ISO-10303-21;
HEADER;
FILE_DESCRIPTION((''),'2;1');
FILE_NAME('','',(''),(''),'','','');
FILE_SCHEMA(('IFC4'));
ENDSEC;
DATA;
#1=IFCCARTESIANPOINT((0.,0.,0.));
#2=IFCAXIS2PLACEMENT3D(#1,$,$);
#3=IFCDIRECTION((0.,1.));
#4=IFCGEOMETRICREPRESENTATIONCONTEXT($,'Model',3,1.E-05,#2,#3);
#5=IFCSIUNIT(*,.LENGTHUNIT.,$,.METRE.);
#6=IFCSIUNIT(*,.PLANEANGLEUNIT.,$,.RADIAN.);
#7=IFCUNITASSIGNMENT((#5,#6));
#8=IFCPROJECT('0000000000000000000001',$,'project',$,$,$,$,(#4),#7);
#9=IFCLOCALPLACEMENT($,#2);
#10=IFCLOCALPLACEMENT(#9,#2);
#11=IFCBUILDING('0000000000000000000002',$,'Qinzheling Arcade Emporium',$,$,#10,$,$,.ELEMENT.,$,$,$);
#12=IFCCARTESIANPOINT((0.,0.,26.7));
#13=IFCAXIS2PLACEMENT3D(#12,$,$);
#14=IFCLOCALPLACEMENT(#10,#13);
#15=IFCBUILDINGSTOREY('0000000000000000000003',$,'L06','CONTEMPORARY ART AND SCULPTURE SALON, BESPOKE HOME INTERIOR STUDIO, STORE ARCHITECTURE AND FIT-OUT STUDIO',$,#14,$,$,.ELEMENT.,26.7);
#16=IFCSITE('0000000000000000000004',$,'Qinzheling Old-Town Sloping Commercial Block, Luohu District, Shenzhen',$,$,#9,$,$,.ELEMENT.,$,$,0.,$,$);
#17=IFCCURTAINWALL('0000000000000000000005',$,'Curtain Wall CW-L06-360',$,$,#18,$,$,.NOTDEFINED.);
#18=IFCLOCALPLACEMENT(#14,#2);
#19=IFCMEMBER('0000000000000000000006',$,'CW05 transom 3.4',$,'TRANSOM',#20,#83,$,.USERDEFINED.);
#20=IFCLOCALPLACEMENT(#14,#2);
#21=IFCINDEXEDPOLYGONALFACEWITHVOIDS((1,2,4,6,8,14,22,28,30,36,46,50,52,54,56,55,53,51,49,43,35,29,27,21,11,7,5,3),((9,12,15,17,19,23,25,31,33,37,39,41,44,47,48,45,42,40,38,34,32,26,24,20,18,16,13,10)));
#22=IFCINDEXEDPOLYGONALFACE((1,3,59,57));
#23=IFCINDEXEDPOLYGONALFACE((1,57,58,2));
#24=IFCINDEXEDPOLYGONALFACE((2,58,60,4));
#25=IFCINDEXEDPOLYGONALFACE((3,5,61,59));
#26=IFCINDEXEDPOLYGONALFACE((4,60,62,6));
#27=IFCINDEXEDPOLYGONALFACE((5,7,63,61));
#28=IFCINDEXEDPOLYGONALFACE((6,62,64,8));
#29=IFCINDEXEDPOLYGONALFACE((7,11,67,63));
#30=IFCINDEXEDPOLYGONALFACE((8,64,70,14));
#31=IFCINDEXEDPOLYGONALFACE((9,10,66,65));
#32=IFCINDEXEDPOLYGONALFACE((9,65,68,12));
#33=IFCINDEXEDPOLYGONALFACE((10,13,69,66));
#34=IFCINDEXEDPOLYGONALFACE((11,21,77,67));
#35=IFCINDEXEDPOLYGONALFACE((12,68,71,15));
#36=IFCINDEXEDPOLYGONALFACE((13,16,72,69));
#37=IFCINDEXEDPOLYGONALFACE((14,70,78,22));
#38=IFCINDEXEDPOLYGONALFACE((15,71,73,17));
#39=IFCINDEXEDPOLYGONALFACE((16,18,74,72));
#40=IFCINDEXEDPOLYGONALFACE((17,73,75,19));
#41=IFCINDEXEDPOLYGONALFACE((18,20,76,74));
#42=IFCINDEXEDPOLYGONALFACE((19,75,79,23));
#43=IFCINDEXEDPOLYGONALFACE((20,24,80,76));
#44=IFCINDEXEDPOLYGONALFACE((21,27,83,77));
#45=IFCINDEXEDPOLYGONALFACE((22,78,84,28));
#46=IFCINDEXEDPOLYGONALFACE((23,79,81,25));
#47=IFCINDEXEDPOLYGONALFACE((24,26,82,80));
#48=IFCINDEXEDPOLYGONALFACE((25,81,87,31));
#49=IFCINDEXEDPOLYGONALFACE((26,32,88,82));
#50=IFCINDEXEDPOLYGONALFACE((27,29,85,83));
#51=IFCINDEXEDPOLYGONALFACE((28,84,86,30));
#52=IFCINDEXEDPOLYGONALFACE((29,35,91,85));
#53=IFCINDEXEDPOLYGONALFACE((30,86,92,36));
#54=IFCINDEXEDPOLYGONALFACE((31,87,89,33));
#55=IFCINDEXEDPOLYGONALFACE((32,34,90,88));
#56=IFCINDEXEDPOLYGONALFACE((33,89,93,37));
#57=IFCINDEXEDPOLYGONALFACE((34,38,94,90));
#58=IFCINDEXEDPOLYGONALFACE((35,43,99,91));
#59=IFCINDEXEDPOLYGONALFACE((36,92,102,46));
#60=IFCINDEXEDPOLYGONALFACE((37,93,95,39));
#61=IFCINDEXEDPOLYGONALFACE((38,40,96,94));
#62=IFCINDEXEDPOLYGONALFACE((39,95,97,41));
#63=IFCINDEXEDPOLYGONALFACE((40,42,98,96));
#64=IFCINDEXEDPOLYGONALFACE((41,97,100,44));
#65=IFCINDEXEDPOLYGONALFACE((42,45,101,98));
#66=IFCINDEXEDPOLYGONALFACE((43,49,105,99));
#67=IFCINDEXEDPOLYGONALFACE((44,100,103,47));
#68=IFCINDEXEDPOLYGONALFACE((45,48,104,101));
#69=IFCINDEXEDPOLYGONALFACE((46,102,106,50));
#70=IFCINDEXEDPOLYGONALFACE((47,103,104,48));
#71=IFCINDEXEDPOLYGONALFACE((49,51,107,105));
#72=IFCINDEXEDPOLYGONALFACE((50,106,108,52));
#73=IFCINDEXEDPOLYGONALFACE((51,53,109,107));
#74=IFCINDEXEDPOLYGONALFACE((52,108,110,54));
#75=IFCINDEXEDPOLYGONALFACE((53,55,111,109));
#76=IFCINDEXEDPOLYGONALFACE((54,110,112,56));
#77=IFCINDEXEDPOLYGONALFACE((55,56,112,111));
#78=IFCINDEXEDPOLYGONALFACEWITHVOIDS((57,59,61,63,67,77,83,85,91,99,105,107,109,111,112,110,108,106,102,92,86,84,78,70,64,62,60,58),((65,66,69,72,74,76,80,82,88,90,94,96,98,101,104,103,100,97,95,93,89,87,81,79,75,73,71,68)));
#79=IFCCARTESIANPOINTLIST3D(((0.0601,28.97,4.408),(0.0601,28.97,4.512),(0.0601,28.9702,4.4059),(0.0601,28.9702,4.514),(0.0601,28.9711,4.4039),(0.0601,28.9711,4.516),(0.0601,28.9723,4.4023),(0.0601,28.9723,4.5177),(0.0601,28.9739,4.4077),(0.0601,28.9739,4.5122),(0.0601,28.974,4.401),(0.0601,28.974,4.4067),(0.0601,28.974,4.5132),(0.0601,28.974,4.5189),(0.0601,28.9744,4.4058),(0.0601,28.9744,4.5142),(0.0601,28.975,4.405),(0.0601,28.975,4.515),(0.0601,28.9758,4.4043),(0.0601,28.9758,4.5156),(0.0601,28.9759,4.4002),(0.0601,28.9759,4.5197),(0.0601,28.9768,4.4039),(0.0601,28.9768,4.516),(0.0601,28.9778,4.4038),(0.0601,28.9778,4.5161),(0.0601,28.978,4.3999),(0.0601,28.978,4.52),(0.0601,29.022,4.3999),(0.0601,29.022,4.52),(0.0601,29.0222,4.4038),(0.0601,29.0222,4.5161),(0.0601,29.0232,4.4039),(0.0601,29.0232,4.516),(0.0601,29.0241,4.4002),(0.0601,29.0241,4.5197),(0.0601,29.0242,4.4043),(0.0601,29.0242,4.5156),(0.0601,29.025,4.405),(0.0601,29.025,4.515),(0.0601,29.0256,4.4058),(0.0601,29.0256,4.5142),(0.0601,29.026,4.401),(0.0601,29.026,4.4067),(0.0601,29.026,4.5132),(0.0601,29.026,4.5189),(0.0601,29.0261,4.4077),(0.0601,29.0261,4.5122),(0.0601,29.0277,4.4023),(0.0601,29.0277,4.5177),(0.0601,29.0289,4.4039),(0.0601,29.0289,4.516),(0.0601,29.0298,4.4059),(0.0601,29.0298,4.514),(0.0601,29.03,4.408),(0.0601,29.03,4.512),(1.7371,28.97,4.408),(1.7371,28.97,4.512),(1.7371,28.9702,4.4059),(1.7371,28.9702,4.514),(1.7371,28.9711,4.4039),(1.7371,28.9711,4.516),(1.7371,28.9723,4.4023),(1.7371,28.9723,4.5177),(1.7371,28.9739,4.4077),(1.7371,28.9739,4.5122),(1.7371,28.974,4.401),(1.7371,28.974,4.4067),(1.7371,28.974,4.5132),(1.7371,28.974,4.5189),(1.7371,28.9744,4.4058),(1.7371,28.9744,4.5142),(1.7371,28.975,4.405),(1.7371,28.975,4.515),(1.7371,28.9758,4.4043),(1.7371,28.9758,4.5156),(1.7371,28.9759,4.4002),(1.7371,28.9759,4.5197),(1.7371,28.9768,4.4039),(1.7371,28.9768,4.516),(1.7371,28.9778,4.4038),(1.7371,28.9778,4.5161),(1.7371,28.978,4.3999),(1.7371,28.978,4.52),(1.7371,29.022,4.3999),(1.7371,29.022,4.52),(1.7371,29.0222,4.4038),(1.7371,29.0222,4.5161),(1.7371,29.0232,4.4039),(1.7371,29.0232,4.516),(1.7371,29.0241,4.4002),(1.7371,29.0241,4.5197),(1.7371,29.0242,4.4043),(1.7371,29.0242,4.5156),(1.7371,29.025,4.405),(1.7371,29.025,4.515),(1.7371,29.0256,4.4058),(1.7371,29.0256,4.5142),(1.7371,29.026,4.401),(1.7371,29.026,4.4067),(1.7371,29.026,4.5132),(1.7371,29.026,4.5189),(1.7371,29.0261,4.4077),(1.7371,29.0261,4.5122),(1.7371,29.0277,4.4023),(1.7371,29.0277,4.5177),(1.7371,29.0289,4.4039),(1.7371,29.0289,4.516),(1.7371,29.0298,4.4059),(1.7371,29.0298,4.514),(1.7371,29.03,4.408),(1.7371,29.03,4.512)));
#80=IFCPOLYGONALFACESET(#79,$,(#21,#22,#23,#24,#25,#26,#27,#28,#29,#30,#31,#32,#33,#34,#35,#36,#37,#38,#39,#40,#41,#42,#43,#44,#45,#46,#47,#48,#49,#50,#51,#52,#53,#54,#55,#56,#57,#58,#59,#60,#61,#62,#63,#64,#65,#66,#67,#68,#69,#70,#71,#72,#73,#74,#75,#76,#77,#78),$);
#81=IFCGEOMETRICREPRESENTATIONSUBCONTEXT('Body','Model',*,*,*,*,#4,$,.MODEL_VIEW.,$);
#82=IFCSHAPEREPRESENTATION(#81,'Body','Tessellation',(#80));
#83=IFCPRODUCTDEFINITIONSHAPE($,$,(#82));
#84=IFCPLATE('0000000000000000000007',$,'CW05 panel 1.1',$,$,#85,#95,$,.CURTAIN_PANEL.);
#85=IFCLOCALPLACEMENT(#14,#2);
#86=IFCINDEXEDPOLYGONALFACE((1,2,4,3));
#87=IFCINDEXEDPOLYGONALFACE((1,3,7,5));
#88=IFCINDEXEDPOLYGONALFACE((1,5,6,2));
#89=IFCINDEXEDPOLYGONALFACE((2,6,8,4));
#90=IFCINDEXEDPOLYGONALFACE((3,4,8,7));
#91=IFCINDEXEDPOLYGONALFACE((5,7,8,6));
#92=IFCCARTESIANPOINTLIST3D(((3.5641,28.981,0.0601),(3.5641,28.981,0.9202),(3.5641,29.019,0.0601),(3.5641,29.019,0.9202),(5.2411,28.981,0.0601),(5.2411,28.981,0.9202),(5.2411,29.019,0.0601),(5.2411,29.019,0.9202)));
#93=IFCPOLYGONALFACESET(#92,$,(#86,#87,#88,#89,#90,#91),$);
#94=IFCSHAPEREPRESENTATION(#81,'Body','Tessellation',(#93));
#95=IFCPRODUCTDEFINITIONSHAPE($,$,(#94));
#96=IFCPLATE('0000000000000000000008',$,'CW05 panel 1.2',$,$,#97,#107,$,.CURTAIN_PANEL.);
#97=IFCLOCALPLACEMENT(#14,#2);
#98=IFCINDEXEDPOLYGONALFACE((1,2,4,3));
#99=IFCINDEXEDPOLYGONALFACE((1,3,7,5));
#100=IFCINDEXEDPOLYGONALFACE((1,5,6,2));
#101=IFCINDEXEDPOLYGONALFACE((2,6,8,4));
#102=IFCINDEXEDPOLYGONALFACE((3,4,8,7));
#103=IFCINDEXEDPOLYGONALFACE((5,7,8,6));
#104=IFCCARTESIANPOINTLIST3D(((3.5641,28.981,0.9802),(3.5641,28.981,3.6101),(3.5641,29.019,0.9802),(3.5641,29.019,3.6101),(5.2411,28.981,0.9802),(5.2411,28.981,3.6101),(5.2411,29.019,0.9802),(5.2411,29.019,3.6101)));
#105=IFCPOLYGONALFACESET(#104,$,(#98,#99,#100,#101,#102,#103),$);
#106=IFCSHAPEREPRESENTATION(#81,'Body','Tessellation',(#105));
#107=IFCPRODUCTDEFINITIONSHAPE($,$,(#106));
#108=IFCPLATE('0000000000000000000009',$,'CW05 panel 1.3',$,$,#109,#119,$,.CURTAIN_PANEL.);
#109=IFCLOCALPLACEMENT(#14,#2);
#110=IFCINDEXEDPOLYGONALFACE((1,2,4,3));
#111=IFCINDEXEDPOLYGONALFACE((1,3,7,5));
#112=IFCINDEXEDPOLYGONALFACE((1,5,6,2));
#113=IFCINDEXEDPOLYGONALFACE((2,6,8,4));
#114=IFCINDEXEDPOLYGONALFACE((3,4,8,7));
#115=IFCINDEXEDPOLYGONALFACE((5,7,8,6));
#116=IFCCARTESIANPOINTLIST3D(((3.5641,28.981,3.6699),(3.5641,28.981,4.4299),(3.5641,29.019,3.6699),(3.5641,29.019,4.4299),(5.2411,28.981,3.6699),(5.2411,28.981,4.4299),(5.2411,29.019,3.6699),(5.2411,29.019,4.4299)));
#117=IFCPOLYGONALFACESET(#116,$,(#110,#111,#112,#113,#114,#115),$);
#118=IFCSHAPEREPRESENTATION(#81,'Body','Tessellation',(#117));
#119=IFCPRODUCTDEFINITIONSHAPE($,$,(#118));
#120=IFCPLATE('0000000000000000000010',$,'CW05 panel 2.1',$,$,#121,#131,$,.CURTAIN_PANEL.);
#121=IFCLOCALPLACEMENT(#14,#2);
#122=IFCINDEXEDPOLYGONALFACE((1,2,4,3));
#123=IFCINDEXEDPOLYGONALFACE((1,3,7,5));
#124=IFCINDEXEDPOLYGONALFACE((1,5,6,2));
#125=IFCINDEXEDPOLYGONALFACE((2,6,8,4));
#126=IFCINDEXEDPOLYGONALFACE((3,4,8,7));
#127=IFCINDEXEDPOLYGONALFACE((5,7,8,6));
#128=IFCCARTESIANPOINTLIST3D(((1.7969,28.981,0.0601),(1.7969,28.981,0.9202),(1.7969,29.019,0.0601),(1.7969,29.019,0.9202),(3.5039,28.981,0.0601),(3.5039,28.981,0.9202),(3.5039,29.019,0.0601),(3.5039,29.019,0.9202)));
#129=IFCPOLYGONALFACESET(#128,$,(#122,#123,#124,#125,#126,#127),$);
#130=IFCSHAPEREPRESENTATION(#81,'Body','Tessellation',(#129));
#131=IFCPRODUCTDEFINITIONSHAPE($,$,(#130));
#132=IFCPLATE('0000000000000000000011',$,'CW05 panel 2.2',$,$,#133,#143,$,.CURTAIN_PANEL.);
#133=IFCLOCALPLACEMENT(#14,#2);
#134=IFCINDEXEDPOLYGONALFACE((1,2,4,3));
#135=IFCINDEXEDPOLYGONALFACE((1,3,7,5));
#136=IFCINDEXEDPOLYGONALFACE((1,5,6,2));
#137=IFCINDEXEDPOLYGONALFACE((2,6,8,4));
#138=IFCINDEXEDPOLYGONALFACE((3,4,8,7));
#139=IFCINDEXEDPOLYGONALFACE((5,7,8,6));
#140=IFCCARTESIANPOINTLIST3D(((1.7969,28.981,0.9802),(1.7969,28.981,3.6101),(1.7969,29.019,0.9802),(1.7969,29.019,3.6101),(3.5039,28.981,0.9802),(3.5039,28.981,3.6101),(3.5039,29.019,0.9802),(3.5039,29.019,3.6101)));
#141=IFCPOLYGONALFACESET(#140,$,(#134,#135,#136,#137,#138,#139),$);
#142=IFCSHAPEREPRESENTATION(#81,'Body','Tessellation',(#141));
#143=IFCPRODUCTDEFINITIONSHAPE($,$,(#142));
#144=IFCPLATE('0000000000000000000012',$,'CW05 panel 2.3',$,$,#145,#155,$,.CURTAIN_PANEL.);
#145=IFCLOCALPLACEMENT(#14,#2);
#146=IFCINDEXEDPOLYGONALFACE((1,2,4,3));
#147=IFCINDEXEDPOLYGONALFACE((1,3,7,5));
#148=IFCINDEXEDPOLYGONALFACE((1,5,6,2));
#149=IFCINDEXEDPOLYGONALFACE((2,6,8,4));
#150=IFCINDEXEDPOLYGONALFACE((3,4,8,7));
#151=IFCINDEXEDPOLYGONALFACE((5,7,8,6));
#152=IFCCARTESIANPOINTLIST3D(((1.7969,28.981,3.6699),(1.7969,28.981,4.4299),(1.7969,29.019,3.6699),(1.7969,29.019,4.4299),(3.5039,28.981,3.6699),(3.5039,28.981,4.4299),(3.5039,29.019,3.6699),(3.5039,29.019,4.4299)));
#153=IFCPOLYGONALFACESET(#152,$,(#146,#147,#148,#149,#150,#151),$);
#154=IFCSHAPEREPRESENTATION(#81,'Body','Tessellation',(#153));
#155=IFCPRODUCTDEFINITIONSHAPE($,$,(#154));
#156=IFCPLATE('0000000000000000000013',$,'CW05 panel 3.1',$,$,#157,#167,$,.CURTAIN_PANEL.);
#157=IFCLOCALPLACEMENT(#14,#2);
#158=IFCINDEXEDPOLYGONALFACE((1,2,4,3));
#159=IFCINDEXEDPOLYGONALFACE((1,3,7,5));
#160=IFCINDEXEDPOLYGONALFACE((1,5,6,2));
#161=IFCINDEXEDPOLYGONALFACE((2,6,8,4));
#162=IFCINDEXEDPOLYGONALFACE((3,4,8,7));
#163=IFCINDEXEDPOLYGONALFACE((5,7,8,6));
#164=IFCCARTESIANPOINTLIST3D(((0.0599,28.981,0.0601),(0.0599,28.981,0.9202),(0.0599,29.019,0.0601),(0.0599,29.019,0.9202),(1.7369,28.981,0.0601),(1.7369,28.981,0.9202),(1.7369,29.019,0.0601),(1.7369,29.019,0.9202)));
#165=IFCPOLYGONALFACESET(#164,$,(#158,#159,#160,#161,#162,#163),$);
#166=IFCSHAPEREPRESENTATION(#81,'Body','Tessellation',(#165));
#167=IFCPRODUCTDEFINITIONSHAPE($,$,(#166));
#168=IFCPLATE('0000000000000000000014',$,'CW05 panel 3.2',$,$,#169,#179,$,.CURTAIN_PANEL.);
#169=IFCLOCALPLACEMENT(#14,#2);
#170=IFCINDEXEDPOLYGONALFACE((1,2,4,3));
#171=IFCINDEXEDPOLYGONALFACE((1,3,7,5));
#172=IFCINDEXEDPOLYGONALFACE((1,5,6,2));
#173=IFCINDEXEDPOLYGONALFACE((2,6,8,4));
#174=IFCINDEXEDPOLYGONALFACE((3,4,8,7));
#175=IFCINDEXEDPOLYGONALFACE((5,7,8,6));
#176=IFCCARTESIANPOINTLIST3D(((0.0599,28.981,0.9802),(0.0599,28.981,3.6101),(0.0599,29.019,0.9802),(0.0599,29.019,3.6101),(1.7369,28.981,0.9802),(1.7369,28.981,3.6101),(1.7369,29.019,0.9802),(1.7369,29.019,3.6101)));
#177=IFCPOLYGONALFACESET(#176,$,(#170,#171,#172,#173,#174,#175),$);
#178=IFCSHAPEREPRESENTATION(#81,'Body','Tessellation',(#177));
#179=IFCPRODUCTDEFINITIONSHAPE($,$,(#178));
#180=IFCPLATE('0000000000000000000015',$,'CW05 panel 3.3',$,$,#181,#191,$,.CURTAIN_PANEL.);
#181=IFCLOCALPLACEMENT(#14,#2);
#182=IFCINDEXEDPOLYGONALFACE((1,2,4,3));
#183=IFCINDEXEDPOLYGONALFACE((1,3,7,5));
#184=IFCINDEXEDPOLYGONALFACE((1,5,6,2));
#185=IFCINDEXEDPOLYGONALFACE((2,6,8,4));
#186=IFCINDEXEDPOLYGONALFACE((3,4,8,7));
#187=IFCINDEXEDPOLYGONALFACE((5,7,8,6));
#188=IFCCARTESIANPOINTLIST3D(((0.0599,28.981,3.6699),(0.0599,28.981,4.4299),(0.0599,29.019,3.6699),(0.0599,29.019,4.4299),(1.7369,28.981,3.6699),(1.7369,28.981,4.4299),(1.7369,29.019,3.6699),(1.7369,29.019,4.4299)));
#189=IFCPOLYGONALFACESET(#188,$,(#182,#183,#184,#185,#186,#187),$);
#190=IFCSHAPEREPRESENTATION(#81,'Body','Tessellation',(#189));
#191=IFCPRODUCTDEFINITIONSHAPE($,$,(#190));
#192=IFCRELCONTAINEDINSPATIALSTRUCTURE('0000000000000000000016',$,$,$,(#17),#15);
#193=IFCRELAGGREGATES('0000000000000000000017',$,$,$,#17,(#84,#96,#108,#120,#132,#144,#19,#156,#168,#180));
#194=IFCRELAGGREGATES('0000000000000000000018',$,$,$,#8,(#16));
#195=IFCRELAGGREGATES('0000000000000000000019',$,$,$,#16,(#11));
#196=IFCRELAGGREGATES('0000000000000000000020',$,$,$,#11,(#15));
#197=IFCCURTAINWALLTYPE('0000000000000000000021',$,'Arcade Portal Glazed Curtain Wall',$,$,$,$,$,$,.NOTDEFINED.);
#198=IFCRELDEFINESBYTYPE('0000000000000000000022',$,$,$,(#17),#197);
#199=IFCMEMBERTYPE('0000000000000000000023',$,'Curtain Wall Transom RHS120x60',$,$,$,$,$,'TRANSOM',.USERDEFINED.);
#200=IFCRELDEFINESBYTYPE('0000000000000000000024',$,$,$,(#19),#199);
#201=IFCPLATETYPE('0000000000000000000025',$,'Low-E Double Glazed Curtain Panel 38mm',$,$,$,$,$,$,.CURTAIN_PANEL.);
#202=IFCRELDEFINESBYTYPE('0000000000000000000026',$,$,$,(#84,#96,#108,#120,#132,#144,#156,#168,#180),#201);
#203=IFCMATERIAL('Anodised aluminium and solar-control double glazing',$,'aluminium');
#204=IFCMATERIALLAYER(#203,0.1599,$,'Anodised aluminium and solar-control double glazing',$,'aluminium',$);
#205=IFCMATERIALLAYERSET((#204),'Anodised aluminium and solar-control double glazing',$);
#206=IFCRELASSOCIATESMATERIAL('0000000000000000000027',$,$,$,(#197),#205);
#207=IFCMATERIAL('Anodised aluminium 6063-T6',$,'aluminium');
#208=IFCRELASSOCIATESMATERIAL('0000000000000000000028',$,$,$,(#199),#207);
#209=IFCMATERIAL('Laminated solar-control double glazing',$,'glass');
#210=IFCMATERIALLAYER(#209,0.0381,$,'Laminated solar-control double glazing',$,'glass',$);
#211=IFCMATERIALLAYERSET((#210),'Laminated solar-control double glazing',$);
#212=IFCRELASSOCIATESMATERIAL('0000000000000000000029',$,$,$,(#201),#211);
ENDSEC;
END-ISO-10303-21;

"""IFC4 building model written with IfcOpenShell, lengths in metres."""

from ifc_helpers import new_model, si_unit, direction, frame, origin, origin_2d, place, context, subcontext, project, spatial, rectangle, hollow_rectangle, extrude, material, layer, layer_set, material_profile, profile_set, type_object, element, aggregate, save


model = new_model("IFC4")

# Units and contexts
model_context = context("Model", 3, precision=1e-05, world=origin(), true_north=direction((0.0, 1.0)))
body_context = subcontext(model_context, "Body", "Model", "MODEL_VIEW")
ifc_project = project(units=[si_unit("LENGTHUNIT", "METRE"), si_unit("PLANEANGLEUNIT", "RADIAN")], contexts=[model_context])

# Site, building, storey
site_placement = place(None, origin())
site = spatial("IfcSite", under=ifc_project, at=site_placement, Name="Qinzheling Old-Town Sloping Commercial Block, Luohu District, Shenzhen", CompositionType="ELEMENT", RefElevation=0.0)
building_placement = place(site_placement, origin())
building = spatial("IfcBuilding", under=site, at=building_placement, Name="Qinzheling Arcade Emporium", CompositionType="ELEMENT")
storey_placement = place(building_placement, frame((0.0, 0.0, 26.7)))
storey = spatial("IfcBuildingStorey", under=building, at=storey_placement, Name="L06", Description="CONTEMPORARY ART AND SCULPTURE SALON, BESPOKE HOME INTERIOR STUDIO, STORE ARCHITECTURE AND FIT-OUT STUDIO", CompositionType="ELEMENT", Elevation=26.7)

# Curtain wall, member, plates
ifc_material_1 = material(Name="Anodised aluminium and solar-control double glazing", Category="aluminium")
ifc_layer_1 = layer(ifc_material_1, 0.1599, Name="Anodised aluminium and solar-control double glazing", Category="aluminium")
ifc_layer_set_1 = layer_set([ifc_layer_1], Name="Anodised aluminium and solar-control double glazing")
curtain_wall_type = type_object("IfcCurtainWallType", Name="Arcade Portal Glazed Curtain Wall", PredefinedType="NOTDEFINED", material=ifc_layer_set_1)
curtain_wall_placement = place(storey_placement, origin())
curtain_wall = element("IfcCurtainWall", 1, at=curtain_wall_placement, inside=storey, type_object=curtain_wall_type, Name="Curtain Wall CW-L06-360", PredefinedType="NOTDEFINED")
ifc_material_2 = material(Name="Anodised aluminium 6063-T6", Category="aluminium")
ifc_material_profile_1 = material_profile(ifc_material_2, hollow_rectangle(XDim=0.0601, YDim=0.1201, WallThickness=0.0039, InnerFilletRadius=0.0039, OuterFilletRadius=0.0081, at=origin_2d()), Name="RHS 120x60x4", Category="aluminium")
ifc_profile_set_1 = profile_set([ifc_material_profile_1], Name="Anodised aluminium 6063-T6")
member_type_1 = type_object("IfcMemberType", Name="Curtain Wall Transom RHS120x60", ElementType="TRANSOM", PredefinedType="USERDEFINED", material=ifc_profile_set_1)
member_1_placement = place(storey_placement, frame((1.7371, 29.0, 4.46), z_axis=(-1.0, 0.0, 0.0), x_axis=(0.0, -1.0, 0.0)))
member_1 = element("IfcMember", 2, at=member_1_placement, type_object=member_type_1, Name="CW05 transom 3.4", ObjectType="TRANSOM", PredefinedType="USERDEFINED", context=body_context, shape_type="SweptSolid", body=[
    extrude(hollow_rectangle(XDim=0.0601, YDim=0.1201, WallThickness=0.0039, InnerFilletRadius=0.0039, OuterFilletRadius=0.0081, at=origin_2d()), origin(), (0.0, 0.0, 1.0), 1.677),
])
ifc_material_3 = material(Name="Laminated solar-control double glazing", Category="glass")
ifc_layer_2 = layer(ifc_material_3, 0.0381, Name="Laminated solar-control double glazing", Category="glass")
ifc_layer_set_2 = layer_set([ifc_layer_2], Name="Laminated solar-control double glazing")
plate_type = type_object("IfcPlateType", Name="Low-E Double Glazed Curtain Panel 38mm", PredefinedType="CURTAIN_PANEL", material=ifc_layer_set_2)
plate_1_placement = place(storey_placement, frame((4.4026, 29.0, 0.0601), z_axis=(0.0, 0.0, 1.0), x_axis=(-1.0, 0.0, 0.0)))
plate_1 = element("IfcPlate", 3, at=plate_1_placement, type_object=plate_type, Name="CW05 panel 1.1", PredefinedType="CURTAIN_PANEL", context=body_context, shape_type="SweptSolid", body=[
    extrude(rectangle(XDim=1.677, YDim=0.0381, at=origin_2d()), origin(), (0.0, 0.0, 1.0), 0.8601),
])
plate_2_placement = place(storey_placement, frame((4.4026, 29.0, 0.9802), z_axis=(0.0, 0.0, 1.0), x_axis=(-1.0, 0.0, 0.0)))
plate_2 = element("IfcPlate", 4, at=plate_2_placement, type_object=plate_type, Name="CW05 panel 1.2", PredefinedType="CURTAIN_PANEL", context=body_context, shape_type="SweptSolid", body=[
    extrude(rectangle(XDim=1.677, YDim=0.0381, at=origin_2d()), origin(), (0.0, 0.0, 1.0), 2.6299),
])
plate_3_placement = place(storey_placement, frame((4.4026, 29.0, 3.6699), z_axis=(0.0, 0.0, 1.0), x_axis=(-1.0, 0.0, 0.0)))
plate_3 = element("IfcPlate", 5, at=plate_3_placement, type_object=plate_type, Name="CW05 panel 1.3", PredefinedType="CURTAIN_PANEL", context=body_context, shape_type="SweptSolid", body=[
    extrude(rectangle(XDim=1.677, YDim=0.0381, at=origin_2d()), origin(), (0.0, 0.0, 1.0), 0.76),
])
plate_4_placement = place(storey_placement, frame((2.6504, 29.0, 0.0601), z_axis=(0.0, 0.0, 1.0), x_axis=(-1.0, 0.0, 0.0)))
plate_4 = element("IfcPlate", 6, at=plate_4_placement, type_object=plate_type, Name="CW05 panel 2.1", PredefinedType="CURTAIN_PANEL", context=body_context, shape_type="SweptSolid", body=[
    extrude(rectangle(XDim=1.707, YDim=0.0381, at=origin_2d()), origin(), (0.0, 0.0, 1.0), 0.8601),
])
plate_5_placement = place(storey_placement, frame((2.6504, 29.0, 0.9802), z_axis=(0.0, 0.0, 1.0), x_axis=(-1.0, 0.0, 0.0)))
plate_5 = element("IfcPlate", 7, at=plate_5_placement, type_object=plate_type, Name="CW05 panel 2.2", PredefinedType="CURTAIN_PANEL", context=body_context, shape_type="SweptSolid", body=[
    extrude(rectangle(XDim=1.707, YDim=0.0381, at=origin_2d()), origin(), (0.0, 0.0, 1.0), 2.6299),
])
plate_6_placement = place(storey_placement, frame((2.6504, 29.0, 3.6699), z_axis=(0.0, 0.0, 1.0), x_axis=(-1.0, 0.0, 0.0)))
plate_6 = element("IfcPlate", 8, at=plate_6_placement, type_object=plate_type, Name="CW05 panel 2.3", PredefinedType="CURTAIN_PANEL", context=body_context, shape_type="SweptSolid", body=[
    extrude(rectangle(XDim=1.707, YDim=0.0381, at=origin_2d()), origin(), (0.0, 0.0, 1.0), 0.76),
])
plate_7_placement = place(storey_placement, frame((0.8984, 29.0, 0.0601), z_axis=(0.0, 0.0, 1.0), x_axis=(-1.0, 0.0, 0.0)))
plate_7 = element("IfcPlate", 9, at=plate_7_placement, type_object=plate_type, Name="CW05 panel 3.1", PredefinedType="CURTAIN_PANEL", context=body_context, shape_type="SweptSolid", body=[
    extrude(rectangle(XDim=1.677, YDim=0.0381, at=origin_2d()), origin(), (0.0, 0.0, 1.0), 0.8601),
])
plate_8_placement = place(storey_placement, frame((0.8984, 29.0, 0.9802), z_axis=(0.0, 0.0, 1.0), x_axis=(-1.0, 0.0, 0.0)))
plate_8 = element("IfcPlate", 10, at=plate_8_placement, type_object=plate_type, Name="CW05 panel 3.2", PredefinedType="CURTAIN_PANEL", context=body_context, shape_type="SweptSolid", body=[
    extrude(rectangle(XDim=1.677, YDim=0.0381, at=origin_2d()), origin(), (0.0, 0.0, 1.0), 2.6299),
])
plate_9_placement = place(storey_placement, frame((0.8984, 29.0, 3.6699), z_axis=(0.0, 0.0, 1.0), x_axis=(-1.0, 0.0, 0.0)))
plate_9 = element("IfcPlate", 11, at=plate_9_placement, type_object=plate_type, Name="CW05 panel 3.3", PredefinedType="CURTAIN_PANEL", context=body_context, shape_type="SweptSolid", body=[
    extrude(rectangle(XDim=1.677, YDim=0.0381, at=origin_2d()), origin(), (0.0, 0.0, 1.0), 0.76),
])
aggregate(curtain_wall, [plate_1, plate_2, plate_3, plate_4, plate_5, plate_6, member_1, plate_7, plate_8, plate_9])

save(model, "model.ifc")
